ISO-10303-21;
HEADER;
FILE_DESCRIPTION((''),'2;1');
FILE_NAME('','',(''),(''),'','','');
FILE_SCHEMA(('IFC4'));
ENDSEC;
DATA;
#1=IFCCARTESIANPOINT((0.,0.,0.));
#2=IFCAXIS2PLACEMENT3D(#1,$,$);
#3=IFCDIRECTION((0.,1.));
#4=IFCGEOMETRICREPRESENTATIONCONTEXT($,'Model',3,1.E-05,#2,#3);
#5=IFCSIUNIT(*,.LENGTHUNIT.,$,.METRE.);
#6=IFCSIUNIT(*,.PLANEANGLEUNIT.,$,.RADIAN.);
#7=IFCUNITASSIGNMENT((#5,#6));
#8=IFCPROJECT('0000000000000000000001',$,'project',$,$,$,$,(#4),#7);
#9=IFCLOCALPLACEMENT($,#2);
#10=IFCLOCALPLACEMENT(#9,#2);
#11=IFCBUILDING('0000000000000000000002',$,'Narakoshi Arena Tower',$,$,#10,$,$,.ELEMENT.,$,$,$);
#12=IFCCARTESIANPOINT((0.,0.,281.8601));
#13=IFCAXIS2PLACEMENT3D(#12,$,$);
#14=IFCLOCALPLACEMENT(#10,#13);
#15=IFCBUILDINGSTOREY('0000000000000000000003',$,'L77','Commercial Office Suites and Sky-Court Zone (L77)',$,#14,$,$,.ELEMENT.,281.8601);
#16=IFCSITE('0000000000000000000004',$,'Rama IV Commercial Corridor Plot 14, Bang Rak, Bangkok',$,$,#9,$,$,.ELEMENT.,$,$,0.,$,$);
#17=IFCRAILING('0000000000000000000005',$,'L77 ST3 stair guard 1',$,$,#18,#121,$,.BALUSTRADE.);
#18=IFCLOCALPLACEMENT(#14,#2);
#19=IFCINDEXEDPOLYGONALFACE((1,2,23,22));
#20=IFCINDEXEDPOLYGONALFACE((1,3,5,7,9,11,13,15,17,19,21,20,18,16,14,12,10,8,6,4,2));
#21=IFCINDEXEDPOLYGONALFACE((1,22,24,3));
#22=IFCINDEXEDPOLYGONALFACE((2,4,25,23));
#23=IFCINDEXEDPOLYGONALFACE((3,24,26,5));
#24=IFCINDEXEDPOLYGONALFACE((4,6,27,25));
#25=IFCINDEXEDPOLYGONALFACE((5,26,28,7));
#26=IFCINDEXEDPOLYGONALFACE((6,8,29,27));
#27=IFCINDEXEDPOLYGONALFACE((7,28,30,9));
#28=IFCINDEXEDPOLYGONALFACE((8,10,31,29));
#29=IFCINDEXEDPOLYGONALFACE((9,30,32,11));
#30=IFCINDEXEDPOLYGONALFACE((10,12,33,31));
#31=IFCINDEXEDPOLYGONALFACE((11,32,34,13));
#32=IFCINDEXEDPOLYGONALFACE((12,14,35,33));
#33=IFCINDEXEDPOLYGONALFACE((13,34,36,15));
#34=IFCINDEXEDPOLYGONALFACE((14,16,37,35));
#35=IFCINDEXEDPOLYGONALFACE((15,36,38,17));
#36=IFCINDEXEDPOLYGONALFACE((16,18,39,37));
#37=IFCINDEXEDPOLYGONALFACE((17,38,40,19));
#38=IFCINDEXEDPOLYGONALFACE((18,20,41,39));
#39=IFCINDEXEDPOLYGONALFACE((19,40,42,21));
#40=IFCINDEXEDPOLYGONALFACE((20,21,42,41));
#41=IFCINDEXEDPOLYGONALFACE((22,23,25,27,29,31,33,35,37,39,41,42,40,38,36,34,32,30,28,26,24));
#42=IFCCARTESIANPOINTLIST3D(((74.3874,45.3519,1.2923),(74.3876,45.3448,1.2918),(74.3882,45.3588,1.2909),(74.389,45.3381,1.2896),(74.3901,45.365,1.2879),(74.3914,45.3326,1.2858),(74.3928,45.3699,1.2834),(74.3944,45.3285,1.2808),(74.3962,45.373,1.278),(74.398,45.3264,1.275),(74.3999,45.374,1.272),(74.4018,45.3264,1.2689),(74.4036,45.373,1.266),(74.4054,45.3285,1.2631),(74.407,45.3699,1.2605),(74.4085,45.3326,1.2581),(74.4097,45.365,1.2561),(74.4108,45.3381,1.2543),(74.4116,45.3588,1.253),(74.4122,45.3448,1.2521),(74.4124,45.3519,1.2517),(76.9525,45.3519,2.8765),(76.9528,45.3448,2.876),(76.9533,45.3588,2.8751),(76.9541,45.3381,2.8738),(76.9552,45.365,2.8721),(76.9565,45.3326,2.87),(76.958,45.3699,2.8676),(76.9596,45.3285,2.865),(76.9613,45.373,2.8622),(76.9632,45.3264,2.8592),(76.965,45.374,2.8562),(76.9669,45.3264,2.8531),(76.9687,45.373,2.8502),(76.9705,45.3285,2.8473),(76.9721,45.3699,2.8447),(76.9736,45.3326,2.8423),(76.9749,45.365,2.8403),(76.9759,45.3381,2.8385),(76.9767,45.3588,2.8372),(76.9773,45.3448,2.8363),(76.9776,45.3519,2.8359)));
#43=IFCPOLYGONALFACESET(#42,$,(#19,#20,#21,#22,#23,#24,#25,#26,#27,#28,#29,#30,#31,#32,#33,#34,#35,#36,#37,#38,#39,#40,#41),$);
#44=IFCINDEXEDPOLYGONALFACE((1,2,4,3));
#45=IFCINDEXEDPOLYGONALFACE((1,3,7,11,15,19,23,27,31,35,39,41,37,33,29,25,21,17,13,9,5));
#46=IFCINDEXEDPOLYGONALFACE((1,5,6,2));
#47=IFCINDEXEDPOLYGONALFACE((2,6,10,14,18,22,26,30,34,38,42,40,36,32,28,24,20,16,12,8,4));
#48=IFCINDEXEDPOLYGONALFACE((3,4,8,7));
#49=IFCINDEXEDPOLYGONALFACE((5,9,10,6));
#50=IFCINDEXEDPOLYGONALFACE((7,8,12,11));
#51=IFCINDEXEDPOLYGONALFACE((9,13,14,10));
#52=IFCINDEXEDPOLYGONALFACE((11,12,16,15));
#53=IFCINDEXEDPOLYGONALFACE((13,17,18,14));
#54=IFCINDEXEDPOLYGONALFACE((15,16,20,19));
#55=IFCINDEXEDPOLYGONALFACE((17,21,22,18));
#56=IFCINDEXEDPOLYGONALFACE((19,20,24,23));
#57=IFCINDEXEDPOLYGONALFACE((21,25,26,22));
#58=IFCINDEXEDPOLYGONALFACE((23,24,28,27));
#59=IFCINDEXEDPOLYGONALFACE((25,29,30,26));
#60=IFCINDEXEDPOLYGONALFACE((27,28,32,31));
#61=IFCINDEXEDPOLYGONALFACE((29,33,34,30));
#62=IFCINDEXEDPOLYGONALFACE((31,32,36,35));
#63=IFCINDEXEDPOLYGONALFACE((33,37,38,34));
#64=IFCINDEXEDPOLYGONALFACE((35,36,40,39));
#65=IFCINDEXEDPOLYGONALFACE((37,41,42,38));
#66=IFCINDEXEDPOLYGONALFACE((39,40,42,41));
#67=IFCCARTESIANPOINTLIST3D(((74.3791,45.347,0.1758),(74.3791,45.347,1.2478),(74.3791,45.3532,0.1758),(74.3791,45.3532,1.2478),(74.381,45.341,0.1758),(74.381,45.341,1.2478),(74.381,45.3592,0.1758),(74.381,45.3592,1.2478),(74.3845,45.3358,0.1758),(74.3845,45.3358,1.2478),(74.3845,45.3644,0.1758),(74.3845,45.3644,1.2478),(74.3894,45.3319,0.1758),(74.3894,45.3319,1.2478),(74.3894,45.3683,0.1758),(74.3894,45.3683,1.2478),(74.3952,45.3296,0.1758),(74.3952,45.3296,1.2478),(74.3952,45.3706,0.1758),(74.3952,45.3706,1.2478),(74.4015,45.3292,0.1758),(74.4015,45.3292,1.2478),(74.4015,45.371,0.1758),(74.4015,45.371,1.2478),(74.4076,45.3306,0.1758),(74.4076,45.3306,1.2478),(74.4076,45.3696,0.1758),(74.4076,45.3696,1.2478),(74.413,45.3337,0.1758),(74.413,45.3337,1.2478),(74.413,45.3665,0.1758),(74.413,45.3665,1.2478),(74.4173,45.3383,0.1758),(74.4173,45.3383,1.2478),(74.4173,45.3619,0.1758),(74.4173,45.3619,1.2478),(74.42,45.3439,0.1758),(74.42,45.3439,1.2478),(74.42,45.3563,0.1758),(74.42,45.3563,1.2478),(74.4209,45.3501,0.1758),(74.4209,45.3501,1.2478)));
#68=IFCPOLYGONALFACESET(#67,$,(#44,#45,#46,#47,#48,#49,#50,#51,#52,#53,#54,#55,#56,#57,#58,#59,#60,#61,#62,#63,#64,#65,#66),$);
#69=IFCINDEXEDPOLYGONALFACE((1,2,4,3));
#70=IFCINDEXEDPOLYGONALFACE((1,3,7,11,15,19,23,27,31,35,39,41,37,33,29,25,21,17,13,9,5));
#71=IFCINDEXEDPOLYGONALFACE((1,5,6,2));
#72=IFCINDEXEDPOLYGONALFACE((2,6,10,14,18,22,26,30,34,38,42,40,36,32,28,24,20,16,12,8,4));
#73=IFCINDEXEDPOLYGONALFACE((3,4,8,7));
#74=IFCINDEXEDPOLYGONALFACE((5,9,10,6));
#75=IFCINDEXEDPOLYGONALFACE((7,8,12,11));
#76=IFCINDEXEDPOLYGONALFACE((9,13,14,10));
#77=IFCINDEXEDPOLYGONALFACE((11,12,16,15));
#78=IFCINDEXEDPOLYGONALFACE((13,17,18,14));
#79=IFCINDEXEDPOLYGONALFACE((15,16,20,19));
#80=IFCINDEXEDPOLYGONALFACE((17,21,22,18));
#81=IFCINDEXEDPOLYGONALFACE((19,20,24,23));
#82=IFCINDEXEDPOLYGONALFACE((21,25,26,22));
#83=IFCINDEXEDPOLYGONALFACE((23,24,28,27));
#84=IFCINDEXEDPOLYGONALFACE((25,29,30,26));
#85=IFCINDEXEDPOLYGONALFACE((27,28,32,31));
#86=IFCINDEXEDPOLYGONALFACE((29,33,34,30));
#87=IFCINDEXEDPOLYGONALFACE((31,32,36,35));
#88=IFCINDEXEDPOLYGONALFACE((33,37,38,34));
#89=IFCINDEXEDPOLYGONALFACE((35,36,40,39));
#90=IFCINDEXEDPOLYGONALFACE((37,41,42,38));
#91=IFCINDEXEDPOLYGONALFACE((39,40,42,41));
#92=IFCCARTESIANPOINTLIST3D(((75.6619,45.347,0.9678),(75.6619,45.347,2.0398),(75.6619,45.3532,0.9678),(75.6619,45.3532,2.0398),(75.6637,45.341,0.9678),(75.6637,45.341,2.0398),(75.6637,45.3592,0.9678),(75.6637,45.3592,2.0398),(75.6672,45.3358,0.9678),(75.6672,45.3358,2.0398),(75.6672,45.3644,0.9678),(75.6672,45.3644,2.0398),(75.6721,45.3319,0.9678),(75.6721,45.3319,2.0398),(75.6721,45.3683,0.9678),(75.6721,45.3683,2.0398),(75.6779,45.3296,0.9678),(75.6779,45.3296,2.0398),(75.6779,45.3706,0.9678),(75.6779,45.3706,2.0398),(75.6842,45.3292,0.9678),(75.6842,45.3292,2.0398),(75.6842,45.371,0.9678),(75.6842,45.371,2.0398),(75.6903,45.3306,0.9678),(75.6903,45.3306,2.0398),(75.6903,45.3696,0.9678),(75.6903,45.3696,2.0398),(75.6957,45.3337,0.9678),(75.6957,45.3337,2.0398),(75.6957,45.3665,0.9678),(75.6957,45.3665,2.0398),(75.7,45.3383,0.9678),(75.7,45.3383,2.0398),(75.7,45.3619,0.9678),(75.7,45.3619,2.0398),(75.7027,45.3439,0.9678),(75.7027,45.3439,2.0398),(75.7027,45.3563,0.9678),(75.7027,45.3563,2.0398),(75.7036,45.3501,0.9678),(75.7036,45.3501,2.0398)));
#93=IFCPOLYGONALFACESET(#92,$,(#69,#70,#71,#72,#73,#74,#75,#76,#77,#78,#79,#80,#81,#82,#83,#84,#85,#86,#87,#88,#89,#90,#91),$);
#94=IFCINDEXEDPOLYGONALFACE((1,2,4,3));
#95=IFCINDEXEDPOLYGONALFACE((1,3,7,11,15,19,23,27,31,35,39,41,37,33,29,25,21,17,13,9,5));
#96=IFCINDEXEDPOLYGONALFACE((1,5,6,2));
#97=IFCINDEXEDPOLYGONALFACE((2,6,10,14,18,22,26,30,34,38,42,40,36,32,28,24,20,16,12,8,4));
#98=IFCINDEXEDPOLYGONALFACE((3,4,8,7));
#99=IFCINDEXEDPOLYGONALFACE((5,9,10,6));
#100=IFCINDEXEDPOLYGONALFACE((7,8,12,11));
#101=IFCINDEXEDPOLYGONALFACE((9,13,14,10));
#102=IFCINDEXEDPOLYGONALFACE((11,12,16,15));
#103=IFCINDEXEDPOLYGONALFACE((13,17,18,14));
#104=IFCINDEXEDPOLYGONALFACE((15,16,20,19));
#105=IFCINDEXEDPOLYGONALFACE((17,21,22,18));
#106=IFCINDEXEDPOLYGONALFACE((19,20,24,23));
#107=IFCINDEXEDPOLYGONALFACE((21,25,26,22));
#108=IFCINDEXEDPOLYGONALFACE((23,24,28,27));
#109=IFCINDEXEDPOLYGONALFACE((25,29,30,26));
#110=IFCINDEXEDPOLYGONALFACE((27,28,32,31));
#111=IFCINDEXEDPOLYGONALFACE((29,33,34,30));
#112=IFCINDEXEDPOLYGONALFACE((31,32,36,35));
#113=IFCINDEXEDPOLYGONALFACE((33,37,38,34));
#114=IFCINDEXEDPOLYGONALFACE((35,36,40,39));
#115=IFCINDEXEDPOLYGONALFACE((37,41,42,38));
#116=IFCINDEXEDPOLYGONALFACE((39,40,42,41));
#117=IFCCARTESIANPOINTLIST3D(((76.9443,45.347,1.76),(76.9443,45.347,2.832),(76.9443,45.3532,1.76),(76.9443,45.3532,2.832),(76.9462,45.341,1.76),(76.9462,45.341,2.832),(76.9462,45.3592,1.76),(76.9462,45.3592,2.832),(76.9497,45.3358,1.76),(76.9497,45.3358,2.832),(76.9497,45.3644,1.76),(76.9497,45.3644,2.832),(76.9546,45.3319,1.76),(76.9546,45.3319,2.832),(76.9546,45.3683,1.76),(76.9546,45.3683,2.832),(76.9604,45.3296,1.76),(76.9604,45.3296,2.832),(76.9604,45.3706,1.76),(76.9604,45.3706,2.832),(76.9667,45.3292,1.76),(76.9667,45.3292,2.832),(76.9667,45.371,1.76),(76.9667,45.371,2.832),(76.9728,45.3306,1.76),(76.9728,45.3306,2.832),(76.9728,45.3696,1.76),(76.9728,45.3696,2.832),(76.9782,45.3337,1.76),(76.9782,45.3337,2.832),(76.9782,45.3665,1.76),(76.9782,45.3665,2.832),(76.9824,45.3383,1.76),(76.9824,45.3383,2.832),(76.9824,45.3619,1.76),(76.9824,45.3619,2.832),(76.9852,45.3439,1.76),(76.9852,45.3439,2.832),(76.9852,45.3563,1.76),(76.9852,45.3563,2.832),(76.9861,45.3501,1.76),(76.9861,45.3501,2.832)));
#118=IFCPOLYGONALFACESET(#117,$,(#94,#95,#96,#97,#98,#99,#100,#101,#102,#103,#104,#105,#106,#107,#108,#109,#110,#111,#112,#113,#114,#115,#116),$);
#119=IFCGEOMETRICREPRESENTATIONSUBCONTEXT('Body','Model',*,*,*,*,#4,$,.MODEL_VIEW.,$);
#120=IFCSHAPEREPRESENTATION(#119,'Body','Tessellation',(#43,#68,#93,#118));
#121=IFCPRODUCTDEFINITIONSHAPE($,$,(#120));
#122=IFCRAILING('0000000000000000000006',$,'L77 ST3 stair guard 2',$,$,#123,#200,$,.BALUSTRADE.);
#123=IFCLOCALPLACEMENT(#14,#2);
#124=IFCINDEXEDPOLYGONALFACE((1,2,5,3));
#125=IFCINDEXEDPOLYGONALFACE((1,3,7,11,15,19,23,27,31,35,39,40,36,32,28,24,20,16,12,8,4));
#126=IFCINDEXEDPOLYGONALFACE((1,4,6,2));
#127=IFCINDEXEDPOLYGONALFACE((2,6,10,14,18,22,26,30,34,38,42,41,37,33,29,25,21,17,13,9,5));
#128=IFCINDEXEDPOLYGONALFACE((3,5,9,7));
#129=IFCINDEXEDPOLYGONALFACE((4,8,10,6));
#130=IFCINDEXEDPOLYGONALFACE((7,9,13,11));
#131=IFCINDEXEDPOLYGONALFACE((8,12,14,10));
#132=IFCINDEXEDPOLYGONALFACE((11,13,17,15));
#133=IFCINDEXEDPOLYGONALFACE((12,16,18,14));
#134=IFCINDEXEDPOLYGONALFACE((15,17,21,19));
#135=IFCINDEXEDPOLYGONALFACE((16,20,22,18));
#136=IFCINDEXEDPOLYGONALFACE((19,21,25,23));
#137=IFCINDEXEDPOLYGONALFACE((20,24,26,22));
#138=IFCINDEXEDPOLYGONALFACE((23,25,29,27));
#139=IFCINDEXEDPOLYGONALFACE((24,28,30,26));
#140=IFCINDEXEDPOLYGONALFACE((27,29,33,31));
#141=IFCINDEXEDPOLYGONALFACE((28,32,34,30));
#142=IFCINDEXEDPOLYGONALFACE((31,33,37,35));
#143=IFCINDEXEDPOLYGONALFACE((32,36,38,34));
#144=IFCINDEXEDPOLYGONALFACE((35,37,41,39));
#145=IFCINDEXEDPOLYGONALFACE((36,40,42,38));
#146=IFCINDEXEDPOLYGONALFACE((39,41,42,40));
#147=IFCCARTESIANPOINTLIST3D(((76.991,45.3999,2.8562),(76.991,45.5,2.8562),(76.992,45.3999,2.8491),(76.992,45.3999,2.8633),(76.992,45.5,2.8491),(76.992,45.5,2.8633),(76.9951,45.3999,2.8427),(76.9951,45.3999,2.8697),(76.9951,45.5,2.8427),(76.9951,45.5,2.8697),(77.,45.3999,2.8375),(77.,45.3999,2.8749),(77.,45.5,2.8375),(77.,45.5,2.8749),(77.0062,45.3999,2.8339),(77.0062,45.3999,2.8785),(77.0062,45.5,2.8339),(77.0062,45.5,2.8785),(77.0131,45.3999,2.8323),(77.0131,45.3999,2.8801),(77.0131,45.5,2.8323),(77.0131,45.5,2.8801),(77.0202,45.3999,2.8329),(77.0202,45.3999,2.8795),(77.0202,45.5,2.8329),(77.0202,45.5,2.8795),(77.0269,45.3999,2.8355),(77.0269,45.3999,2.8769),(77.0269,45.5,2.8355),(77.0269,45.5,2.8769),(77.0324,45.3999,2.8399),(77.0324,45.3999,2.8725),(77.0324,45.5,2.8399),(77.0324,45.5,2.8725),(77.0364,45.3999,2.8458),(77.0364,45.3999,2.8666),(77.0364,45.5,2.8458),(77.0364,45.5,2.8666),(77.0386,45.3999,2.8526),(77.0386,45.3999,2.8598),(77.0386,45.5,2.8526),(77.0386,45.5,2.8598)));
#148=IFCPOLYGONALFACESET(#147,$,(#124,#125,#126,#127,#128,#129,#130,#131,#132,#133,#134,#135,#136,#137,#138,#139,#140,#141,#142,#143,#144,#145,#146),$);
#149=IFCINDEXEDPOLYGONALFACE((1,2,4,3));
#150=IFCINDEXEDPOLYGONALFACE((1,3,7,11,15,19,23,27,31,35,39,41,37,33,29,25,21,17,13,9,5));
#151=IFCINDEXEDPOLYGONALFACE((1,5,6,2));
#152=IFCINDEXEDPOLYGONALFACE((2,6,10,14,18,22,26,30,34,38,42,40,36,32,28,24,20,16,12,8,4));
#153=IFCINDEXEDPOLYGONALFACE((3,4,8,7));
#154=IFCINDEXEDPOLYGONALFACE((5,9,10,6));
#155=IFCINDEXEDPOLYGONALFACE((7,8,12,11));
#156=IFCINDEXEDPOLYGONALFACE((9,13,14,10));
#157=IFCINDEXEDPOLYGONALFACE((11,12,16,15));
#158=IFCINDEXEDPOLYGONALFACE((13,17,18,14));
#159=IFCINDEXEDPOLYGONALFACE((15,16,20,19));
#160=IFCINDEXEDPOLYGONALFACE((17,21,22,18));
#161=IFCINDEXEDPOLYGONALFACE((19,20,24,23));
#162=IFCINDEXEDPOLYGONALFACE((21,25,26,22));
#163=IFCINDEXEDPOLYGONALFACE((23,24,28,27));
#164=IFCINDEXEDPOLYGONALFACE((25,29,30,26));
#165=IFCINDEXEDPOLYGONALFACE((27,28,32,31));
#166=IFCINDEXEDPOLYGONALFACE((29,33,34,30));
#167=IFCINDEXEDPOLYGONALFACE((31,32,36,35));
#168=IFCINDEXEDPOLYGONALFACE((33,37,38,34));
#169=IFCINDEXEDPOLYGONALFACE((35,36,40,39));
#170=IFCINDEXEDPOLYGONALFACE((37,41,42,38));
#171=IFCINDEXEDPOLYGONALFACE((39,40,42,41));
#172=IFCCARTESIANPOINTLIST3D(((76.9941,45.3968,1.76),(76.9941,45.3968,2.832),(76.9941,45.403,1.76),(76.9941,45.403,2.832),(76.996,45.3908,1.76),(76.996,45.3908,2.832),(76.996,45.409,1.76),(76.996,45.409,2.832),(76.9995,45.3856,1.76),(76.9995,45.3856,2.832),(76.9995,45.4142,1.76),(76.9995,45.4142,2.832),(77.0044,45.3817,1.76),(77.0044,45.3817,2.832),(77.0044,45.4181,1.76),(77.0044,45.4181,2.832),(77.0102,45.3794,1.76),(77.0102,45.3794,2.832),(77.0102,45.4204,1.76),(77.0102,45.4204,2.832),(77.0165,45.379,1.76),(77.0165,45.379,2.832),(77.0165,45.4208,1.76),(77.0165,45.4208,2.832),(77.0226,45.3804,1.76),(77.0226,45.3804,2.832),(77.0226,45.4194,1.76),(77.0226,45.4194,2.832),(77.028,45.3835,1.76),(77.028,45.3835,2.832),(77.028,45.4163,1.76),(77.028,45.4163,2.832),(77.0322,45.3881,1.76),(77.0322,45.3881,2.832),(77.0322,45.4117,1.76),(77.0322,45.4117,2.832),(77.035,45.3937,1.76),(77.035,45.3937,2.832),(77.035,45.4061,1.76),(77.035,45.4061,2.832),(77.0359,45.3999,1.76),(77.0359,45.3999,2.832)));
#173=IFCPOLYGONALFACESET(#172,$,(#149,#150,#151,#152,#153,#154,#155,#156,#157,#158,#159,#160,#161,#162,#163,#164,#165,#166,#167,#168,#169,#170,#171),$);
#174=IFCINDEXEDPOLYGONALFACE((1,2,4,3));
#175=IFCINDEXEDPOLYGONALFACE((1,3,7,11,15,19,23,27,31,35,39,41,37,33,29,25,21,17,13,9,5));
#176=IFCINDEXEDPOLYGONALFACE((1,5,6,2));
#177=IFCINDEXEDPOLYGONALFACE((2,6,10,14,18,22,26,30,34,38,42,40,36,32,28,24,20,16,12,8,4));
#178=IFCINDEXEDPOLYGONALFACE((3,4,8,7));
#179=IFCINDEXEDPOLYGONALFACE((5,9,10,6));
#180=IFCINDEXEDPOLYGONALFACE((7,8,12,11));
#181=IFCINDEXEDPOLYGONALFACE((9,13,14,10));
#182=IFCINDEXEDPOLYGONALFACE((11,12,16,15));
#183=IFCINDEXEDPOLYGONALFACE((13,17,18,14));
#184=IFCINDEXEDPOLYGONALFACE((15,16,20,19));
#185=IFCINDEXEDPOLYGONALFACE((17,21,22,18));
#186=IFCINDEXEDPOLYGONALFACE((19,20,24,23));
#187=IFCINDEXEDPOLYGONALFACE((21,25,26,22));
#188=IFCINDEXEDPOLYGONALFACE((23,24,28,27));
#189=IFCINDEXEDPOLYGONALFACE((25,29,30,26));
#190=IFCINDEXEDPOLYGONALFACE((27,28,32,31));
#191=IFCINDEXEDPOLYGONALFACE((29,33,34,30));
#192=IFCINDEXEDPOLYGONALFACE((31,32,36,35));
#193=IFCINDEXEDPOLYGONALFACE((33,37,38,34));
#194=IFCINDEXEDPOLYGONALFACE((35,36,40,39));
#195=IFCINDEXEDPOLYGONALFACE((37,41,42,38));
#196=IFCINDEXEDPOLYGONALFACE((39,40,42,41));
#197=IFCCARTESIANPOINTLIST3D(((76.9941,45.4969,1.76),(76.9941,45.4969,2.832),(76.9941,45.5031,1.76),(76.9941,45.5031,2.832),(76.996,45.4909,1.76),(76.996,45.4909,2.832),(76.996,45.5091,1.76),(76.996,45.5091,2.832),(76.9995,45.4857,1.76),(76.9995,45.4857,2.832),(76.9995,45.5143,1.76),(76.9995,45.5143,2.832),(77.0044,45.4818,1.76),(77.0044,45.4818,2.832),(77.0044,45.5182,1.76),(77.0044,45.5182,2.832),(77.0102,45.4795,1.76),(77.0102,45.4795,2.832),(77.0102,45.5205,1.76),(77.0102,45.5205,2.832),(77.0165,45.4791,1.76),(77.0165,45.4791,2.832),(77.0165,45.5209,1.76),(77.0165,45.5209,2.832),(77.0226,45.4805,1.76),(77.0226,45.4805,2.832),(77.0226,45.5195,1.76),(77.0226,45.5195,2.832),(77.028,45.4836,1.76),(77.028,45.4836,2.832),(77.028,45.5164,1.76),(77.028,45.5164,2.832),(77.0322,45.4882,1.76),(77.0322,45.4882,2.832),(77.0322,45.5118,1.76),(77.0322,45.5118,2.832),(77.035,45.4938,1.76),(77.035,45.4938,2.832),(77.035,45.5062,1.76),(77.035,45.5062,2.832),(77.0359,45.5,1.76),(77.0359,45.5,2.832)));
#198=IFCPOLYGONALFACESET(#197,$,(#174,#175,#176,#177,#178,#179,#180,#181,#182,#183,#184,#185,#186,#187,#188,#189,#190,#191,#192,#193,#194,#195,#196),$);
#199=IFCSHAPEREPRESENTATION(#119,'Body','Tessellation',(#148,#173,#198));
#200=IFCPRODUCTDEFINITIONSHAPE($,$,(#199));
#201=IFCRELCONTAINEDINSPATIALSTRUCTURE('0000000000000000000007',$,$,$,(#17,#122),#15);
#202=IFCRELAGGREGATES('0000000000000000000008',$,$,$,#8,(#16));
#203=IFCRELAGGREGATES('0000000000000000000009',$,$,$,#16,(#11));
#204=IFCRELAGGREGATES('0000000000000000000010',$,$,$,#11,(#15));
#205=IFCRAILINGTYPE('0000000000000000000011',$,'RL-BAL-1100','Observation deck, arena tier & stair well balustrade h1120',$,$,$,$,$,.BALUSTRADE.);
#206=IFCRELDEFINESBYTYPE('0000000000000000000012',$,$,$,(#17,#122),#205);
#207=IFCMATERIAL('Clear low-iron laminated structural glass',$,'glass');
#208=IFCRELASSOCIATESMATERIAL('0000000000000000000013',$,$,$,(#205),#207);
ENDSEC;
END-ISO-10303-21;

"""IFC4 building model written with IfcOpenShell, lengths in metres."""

from ifc_helpers import new_model, si_unit, direction, frame, origin, origin_2d, place, context, subcontext, project, spatial, circle, extrude, material, type_object, element, save


model = new_model("IFC4")

# Units and contexts
model_context = context("Model", 3, precision=1e-05, world=origin(), true_north=direction((0.0, 1.0)))
body_context = subcontext(model_context, "Body", "Model", "MODEL_VIEW")
ifc_project = project(units=[si_unit("LENGTHUNIT", "METRE"), si_unit("PLANEANGLEUNIT", "RADIAN")], contexts=[model_context])

# Site, building, storey
site_placement = place(None, origin())
site = spatial("IfcSite", under=ifc_project, at=site_placement, Name="Rama IV Commercial Corridor Plot 14, Bang Rak, Bangkok", CompositionType="ELEMENT", RefElevation=0.0)
building_placement = place(site_placement, origin())
building = spatial("IfcBuilding", under=site, at=building_placement, Name="Narakoshi Arena Tower", CompositionType="ELEMENT")
storey_placement = place(building_placement, frame((0.0, 0.0, 281.8601)))
storey = spatial("IfcBuildingStorey", under=building, at=storey_placement, Name="L77", Description="Commercial Office Suites and Sky-Court Zone (L77)", CompositionType="ELEMENT", Elevation=281.8601)

# Railings
ifc_material_1 = material(Name="Clear low-iron laminated structural glass", Category="glass")
railing_type_1 = type_object("IfcRailingType", Name="RL-BAL-1100", Description="Observation deck, arena tier & stair well balustrade h1120", PredefinedType="BALUSTRADE", material=ifc_material_1)
railing_1_placement = place(storey_placement, frame((74.3999, 45.3501, 0.1758)))
element("IfcRailing", 1, at=railing_1_placement, inside=storey, type_object=railing_type_1, Name="L77 ST3 stair guard 1", PredefinedType="BALUSTRADE", context=body_context, shape_type="SweptSolid", body=[
    extrude(circle(Radius=0.0239, at=origin_2d()), frame((0.0, 0.0, 1.0962), z_axis=(0.85082, 0.0, 0.525457), x_axis=(0.0, 1.0, 0.0)), (0.0, 0.0, 1.0), 3.0149),
    extrude(circle(Radius=0.021, at=origin_2d()), origin(), (0.0, 0.0, 1.0), 1.072),
    extrude(circle(Radius=0.021, at=origin_2d()), frame((1.2827, 0.0, 0.792)), (0.0, 0.0, 1.0), 1.072),
    extrude(circle(Radius=0.021, at=origin_2d()), frame((2.5652, 0.0, 1.5842)), (0.0, 0.0, 1.0), 1.072),
])
railing_2_placement = place(storey_placement, frame((77.0149, 45.3999, 1.76)))
element("IfcRailing", 2, at=railing_2_placement, inside=storey, type_object=railing_type_1, Name="L77 ST3 stair guard 2", PredefinedType="BALUSTRADE", context=body_context, shape_type="SweptSolid", body=[
    extrude(circle(Radius=0.0239, at=origin_2d()), frame((0.0, 0.0, 1.0962), z_axis=(0.0, 1.0, 0.0), x_axis=(-1.0, 0.0, 0.0)), (0.0, 0.0, 1.0), 0.1001),
    extrude(circle(Radius=0.021, at=origin_2d()), origin(), (0.0, 0.0, 1.0), 1.072),
    extrude(circle(Radius=0.021, at=origin_2d()), frame((0.0, 0.1001, 0.0)), (0.0, 0.0, 1.0), 1.072),
])

save(model, "model.ifc")
